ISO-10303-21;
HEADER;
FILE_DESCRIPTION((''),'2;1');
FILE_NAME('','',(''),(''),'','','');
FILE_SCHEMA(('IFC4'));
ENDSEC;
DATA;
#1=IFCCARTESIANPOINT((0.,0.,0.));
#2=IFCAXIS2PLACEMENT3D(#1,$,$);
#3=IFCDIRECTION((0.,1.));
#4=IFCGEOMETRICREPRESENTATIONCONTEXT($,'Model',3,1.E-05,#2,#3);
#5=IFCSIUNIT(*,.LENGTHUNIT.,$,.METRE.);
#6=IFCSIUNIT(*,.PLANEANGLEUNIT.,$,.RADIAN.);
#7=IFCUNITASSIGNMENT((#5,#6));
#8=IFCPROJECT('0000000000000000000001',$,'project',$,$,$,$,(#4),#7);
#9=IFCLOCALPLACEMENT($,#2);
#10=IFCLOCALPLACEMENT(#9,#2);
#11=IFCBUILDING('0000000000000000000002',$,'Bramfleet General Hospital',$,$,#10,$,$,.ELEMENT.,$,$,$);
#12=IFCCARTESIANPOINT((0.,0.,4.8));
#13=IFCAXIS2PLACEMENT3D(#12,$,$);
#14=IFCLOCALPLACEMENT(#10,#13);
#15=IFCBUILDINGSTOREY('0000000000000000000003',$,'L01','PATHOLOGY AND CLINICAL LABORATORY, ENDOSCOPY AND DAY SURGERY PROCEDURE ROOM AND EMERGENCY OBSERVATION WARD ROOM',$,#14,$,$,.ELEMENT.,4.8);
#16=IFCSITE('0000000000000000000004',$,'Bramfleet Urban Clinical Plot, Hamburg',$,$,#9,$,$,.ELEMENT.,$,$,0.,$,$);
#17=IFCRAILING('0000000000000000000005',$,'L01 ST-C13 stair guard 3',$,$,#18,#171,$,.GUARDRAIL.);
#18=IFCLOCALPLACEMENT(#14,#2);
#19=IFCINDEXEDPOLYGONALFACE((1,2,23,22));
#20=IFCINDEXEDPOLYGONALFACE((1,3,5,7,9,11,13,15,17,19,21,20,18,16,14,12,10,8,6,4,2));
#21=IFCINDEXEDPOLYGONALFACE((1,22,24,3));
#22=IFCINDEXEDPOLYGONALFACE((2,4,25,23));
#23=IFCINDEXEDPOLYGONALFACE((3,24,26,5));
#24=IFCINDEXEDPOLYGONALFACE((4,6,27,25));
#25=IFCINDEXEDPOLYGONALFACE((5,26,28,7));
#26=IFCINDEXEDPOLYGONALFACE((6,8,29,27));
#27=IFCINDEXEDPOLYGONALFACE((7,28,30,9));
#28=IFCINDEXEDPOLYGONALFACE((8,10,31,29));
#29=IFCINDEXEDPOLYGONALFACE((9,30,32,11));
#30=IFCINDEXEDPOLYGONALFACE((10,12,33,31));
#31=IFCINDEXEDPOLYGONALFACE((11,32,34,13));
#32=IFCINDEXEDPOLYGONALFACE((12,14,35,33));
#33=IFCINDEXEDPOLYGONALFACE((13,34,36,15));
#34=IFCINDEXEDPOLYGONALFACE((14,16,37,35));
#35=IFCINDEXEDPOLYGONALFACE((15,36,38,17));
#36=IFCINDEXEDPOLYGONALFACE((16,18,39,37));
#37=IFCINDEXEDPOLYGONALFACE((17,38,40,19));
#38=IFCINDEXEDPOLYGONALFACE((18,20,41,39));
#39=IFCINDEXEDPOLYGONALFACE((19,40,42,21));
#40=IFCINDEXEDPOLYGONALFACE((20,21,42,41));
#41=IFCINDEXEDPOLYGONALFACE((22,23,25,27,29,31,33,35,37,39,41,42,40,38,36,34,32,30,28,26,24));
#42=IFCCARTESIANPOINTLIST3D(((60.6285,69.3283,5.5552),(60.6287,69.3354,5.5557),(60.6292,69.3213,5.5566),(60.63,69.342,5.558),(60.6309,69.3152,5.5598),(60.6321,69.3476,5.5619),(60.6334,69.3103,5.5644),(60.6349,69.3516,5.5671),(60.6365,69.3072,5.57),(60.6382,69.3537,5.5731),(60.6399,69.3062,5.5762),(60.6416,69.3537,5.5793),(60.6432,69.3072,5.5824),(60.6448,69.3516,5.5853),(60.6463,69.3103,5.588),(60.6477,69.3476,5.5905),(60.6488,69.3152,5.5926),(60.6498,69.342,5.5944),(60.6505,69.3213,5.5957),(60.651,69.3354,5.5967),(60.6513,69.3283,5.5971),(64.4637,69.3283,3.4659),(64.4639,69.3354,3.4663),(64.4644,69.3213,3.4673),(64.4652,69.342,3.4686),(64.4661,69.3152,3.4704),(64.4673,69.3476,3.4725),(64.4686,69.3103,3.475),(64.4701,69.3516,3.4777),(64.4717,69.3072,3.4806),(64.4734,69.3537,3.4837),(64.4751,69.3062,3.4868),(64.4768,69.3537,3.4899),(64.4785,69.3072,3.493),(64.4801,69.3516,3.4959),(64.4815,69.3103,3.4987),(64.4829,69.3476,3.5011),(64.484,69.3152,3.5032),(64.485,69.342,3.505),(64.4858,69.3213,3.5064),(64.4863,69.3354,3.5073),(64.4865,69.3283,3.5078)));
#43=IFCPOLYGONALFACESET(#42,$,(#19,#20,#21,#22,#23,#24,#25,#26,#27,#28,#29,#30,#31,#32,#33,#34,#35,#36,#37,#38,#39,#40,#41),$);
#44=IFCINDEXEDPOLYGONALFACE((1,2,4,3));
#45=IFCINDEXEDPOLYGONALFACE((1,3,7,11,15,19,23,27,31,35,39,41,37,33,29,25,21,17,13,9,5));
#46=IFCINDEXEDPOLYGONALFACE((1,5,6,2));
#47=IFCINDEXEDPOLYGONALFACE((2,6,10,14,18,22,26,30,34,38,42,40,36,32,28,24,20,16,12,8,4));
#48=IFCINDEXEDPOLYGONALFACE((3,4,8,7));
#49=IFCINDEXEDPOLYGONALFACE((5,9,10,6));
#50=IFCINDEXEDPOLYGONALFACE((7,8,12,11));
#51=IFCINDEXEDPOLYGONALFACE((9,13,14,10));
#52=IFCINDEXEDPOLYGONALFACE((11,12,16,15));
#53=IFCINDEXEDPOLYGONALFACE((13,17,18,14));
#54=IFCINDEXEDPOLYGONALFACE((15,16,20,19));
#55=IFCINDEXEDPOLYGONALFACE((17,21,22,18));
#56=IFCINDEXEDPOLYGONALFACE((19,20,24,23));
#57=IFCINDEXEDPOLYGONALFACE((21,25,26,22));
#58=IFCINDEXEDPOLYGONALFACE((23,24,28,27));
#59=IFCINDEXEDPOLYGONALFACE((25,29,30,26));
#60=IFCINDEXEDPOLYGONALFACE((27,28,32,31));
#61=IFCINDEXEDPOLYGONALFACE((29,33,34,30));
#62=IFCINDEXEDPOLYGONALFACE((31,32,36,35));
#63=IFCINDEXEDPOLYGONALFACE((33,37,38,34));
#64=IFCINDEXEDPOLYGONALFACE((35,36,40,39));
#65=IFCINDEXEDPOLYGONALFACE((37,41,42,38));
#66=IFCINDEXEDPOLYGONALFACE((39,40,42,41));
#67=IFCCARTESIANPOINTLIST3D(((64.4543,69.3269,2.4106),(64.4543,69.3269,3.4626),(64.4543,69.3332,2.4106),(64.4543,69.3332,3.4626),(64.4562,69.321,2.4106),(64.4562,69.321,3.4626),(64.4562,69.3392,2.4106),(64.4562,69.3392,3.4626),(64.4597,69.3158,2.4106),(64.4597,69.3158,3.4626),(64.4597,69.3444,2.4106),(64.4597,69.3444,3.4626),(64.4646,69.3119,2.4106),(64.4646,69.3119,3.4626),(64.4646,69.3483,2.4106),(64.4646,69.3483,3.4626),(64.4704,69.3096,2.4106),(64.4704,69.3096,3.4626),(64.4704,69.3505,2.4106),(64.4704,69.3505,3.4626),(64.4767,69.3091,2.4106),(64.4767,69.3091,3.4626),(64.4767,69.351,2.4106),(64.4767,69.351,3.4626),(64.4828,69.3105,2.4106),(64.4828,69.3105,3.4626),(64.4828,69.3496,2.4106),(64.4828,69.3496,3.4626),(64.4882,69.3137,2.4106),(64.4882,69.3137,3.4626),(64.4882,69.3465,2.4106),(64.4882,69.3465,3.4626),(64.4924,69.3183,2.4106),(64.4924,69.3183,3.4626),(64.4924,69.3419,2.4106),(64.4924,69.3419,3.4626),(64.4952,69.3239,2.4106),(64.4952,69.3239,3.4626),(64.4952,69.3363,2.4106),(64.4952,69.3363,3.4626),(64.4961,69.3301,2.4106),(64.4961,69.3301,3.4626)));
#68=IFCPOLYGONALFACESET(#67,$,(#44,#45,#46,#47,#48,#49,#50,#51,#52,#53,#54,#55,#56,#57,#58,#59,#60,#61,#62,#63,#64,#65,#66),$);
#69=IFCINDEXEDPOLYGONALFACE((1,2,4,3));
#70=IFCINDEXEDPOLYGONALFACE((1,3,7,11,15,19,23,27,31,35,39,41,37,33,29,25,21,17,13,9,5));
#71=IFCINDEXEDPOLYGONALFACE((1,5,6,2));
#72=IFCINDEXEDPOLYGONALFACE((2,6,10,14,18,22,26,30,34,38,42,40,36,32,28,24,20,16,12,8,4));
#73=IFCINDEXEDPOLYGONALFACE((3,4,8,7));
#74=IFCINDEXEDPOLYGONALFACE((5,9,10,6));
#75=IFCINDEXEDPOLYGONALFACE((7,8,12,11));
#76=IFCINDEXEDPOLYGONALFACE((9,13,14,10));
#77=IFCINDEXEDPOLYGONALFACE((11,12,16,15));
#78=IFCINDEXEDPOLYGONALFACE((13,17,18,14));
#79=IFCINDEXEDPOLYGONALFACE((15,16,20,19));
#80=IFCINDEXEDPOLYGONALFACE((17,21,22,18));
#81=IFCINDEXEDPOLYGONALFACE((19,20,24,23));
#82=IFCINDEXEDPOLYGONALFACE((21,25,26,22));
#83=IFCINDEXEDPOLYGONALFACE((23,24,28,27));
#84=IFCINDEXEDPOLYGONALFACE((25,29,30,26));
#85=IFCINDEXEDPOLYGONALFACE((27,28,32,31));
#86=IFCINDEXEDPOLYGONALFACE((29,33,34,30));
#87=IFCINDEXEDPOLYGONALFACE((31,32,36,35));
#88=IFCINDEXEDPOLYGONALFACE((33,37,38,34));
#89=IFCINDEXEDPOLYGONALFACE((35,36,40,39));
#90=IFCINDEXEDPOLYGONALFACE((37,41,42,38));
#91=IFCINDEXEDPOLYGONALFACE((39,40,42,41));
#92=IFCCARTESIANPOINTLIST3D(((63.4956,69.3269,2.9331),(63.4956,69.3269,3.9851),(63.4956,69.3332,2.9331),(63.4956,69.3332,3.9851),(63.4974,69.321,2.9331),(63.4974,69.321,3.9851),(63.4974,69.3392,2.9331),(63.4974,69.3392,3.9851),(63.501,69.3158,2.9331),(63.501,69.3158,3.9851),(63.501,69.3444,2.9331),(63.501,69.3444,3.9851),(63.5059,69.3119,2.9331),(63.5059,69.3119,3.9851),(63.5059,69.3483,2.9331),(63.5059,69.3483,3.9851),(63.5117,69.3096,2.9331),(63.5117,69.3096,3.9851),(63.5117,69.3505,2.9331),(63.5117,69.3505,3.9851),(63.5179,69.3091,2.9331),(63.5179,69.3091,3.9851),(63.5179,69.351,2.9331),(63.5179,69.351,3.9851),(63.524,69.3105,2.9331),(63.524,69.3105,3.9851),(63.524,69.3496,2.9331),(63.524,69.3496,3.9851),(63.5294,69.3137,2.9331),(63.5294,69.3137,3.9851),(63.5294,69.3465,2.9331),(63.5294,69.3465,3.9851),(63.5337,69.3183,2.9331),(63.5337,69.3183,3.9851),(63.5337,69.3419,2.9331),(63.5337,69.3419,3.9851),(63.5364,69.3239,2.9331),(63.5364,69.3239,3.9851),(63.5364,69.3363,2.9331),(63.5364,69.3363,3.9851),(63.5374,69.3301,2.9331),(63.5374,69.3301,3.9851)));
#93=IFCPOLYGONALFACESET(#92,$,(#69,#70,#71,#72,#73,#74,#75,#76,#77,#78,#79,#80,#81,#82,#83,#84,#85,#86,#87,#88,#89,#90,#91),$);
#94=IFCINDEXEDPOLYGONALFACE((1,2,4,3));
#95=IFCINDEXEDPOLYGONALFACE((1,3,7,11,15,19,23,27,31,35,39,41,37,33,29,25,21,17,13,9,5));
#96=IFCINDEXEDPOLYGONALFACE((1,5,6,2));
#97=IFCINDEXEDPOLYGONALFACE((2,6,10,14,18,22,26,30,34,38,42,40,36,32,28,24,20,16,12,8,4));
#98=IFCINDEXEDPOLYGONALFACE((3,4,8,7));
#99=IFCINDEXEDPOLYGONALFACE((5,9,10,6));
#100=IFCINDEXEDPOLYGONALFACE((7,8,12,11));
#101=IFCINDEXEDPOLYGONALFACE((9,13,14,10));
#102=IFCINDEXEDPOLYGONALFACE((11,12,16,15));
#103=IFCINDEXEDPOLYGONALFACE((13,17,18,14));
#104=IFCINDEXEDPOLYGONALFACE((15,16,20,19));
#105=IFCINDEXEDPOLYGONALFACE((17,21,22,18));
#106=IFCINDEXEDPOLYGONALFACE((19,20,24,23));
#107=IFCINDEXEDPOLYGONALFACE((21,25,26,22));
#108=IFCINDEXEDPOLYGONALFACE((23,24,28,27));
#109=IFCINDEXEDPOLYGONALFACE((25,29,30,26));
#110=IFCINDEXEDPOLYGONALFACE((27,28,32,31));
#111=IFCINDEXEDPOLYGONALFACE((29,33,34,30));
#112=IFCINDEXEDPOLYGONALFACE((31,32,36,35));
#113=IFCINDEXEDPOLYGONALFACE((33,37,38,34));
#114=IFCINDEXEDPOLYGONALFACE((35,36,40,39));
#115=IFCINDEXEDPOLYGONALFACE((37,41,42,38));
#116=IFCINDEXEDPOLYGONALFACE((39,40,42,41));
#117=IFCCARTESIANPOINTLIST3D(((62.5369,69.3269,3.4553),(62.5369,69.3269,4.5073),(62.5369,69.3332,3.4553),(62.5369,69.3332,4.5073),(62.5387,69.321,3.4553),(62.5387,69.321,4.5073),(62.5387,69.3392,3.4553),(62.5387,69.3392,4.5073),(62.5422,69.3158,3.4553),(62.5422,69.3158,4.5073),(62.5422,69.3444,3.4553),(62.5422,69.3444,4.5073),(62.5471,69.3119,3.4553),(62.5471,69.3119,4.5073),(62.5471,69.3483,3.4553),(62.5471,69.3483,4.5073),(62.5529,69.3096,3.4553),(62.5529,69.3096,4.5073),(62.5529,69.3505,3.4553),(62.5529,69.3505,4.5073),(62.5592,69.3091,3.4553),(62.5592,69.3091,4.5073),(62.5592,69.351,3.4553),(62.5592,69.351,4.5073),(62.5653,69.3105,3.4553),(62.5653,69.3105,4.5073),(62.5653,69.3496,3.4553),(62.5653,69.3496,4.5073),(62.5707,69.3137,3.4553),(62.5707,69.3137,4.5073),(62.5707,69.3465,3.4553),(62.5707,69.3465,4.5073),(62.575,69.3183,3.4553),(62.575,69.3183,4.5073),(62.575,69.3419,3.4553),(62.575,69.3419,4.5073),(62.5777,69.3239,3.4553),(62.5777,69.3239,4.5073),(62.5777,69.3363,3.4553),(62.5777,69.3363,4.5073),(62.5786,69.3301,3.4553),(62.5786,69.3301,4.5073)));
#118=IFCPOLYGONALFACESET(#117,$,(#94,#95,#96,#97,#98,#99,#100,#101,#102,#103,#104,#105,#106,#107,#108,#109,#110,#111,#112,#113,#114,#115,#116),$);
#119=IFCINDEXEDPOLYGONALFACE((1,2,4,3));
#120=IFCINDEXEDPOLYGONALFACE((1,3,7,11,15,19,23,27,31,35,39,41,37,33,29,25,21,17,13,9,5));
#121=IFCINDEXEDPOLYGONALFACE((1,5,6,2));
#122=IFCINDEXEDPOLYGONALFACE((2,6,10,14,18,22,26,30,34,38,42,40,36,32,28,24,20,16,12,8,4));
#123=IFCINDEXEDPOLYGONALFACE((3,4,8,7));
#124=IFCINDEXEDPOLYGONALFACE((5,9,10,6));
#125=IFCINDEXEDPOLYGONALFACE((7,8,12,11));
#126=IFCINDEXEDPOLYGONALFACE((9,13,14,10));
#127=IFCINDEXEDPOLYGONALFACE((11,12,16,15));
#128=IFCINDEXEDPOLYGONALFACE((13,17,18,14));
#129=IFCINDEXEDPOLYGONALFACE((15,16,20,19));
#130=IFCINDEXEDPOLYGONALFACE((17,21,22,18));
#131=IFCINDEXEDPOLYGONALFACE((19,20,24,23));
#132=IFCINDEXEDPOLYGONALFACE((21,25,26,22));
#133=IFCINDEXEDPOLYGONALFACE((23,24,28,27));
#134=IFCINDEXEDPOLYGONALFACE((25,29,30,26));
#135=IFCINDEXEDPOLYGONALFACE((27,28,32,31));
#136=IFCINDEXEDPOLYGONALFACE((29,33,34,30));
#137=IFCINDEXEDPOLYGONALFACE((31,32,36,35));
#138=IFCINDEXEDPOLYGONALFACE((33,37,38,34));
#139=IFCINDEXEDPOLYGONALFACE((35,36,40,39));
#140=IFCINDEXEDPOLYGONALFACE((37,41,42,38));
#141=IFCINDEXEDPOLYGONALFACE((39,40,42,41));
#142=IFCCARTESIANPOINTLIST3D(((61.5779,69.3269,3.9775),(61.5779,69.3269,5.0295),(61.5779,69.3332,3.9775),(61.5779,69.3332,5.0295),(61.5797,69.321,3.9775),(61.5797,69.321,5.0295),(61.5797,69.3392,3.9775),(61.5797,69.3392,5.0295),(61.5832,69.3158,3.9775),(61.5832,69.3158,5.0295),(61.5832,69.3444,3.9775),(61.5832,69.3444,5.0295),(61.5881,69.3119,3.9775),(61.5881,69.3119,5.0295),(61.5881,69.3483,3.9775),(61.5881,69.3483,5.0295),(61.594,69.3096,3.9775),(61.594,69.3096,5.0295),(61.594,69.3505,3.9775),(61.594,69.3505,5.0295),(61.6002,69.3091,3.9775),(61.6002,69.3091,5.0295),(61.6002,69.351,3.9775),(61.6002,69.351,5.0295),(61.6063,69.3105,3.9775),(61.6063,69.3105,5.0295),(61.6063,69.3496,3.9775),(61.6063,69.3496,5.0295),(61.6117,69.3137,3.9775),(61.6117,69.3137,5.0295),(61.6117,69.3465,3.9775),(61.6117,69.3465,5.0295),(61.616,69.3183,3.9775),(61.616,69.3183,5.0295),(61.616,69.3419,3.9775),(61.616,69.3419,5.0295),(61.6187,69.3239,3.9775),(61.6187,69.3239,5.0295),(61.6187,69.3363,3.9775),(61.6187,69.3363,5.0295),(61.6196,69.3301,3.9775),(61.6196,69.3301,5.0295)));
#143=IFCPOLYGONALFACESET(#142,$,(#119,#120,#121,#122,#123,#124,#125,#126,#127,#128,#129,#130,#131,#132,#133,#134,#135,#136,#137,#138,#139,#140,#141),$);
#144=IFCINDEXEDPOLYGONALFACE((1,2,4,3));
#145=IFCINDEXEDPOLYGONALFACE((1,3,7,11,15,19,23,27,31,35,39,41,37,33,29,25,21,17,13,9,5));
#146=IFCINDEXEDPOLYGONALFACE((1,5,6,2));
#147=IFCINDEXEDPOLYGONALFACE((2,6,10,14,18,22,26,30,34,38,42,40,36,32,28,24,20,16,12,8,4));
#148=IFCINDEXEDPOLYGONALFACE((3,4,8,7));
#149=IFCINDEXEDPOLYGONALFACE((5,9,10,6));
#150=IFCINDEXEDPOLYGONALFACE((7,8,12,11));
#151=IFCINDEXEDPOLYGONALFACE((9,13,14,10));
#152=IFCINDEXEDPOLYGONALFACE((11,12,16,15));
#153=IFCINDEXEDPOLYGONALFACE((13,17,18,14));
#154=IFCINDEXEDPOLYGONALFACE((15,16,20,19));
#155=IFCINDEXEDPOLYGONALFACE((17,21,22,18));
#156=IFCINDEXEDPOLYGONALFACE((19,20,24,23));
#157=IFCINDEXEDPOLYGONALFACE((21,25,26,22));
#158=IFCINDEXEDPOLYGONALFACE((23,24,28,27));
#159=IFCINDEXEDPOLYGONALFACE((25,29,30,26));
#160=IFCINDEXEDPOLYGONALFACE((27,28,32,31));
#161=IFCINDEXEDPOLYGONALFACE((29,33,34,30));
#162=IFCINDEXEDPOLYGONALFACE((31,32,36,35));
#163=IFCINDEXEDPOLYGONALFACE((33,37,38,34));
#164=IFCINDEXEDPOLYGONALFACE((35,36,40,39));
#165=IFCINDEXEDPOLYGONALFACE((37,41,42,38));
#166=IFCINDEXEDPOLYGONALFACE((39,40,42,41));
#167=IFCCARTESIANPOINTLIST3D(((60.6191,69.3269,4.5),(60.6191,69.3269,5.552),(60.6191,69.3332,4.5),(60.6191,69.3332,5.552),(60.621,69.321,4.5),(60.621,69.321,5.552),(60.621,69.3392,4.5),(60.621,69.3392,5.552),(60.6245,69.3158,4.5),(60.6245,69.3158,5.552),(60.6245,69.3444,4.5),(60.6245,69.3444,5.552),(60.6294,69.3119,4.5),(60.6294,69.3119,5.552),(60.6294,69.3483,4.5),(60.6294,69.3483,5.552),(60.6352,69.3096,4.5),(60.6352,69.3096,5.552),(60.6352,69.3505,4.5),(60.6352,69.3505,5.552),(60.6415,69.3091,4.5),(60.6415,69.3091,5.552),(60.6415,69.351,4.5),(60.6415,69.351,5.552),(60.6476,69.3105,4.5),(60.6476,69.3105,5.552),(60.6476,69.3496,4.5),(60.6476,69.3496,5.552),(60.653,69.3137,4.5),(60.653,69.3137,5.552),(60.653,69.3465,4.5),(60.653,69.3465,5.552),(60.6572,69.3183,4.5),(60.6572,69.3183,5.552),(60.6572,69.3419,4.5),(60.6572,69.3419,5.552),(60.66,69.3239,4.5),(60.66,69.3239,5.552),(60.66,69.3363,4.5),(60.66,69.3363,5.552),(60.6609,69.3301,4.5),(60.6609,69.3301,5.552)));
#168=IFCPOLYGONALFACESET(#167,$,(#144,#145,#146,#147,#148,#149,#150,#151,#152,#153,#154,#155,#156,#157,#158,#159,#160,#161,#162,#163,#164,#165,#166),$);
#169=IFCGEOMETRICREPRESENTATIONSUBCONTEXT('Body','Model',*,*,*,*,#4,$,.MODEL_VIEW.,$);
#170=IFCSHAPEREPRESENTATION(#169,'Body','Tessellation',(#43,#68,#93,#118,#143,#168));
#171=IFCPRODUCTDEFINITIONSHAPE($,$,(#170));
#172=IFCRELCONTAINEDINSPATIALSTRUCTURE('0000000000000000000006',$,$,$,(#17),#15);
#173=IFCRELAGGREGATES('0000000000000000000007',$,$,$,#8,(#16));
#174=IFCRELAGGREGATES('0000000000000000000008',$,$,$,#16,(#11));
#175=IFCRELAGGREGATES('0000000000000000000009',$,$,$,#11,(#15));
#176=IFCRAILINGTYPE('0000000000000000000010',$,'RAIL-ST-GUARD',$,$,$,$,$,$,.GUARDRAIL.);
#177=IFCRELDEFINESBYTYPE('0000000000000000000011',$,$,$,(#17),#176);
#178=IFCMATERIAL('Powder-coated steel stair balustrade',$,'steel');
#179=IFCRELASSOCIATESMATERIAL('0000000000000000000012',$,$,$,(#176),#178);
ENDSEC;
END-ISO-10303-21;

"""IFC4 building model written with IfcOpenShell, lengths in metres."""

from ifc_helpers import new_model, si_unit, direction, frame, origin, origin_2d, place, context, subcontext, project, spatial, circle, extrude, material, type_object, element, save


model = new_model("IFC4")

# Units and contexts
model_context = context("Model", 3, precision=1e-05, world=origin(), true_north=direction((0.0, 1.0)))
body_context = subcontext(model_context, "Body", "Model", "MODEL_VIEW")
ifc_project = project(units=[si_unit("LENGTHUNIT", "METRE"), si_unit("PLANEANGLEUNIT", "RADIAN")], contexts=[model_context])

# Site, building, storey
site_placement = place(None, origin())
site = spatial("IfcSite", under=ifc_project, at=site_placement, Name="Bramfleet Urban Clinical Plot, Hamburg", CompositionType="ELEMENT", RefElevation=0.0)
building_placement = place(site_placement, origin())
building = spatial("IfcBuilding", under=site, at=building_placement, Name="Bramfleet General Hospital", CompositionType="ELEMENT")
storey_placement = place(building_placement, frame((0.0, 0.0, 4.8)))
storey = spatial("IfcBuildingStorey", under=building, at=storey_placement, Name="L01", Description="PATHOLOGY AND CLINICAL LABORATORY, ENDOSCOPY AND DAY SURGERY PROCEDURE ROOM AND EMERGENCY OBSERVATION WARD ROOM", CompositionType="ELEMENT", Elevation=4.8)

# Railing
ifc_material_1 = material(Name="Powder-coated steel stair balustrade", Category="steel")
railing_type_1 = type_object("IfcRailingType", Name="RAIL-ST-GUARD", PredefinedType="GUARDRAIL", material=ifc_material_1)
railing_1_placement = place(storey_placement, frame((64.4751, 69.3301, 2.4106)))
element("IfcRailing", 1, at=railing_1_placement, inside=storey, type_object=railing_type_1, Name="L01 ST-C13 stair guard 3", PredefinedType="GUARDRAIL", context=body_context, shape_type="SweptSolid", body=[
    extrude(circle(Radius=0.0239, at=origin_2d()), frame((0.0, 0.0, 1.0762), z_axis=(-0.878143, 0.0, 0.478398), x_axis=(0.0, -1.0, 0.0)), (0.0, 0.0, 1.0), 4.3674),
    extrude(circle(Radius=0.021, at=origin_2d()), origin(), (0.0, 0.0, 1.0), 1.052),
    extrude(circle(Radius=0.021, at=origin_2d()), frame((-0.9587, 0.0, 0.5225)), (0.0, 0.0, 1.0), 1.052),
    extrude(circle(Radius=0.021, at=origin_2d()), frame((-1.9175, 0.0, 1.0447)), (0.0, 0.0, 1.0), 1.052),
    extrude(circle(Radius=0.021, at=origin_2d()), frame((-2.8765, 0.0, 1.5669)), (0.0, 0.0, 1.0), 1.052),
    extrude(circle(Radius=0.021, at=origin_2d()), frame((-3.8352, 0.0, 2.0894)), (0.0, 0.0, 1.0), 1.052),
])

save(model, "model.ifc")
